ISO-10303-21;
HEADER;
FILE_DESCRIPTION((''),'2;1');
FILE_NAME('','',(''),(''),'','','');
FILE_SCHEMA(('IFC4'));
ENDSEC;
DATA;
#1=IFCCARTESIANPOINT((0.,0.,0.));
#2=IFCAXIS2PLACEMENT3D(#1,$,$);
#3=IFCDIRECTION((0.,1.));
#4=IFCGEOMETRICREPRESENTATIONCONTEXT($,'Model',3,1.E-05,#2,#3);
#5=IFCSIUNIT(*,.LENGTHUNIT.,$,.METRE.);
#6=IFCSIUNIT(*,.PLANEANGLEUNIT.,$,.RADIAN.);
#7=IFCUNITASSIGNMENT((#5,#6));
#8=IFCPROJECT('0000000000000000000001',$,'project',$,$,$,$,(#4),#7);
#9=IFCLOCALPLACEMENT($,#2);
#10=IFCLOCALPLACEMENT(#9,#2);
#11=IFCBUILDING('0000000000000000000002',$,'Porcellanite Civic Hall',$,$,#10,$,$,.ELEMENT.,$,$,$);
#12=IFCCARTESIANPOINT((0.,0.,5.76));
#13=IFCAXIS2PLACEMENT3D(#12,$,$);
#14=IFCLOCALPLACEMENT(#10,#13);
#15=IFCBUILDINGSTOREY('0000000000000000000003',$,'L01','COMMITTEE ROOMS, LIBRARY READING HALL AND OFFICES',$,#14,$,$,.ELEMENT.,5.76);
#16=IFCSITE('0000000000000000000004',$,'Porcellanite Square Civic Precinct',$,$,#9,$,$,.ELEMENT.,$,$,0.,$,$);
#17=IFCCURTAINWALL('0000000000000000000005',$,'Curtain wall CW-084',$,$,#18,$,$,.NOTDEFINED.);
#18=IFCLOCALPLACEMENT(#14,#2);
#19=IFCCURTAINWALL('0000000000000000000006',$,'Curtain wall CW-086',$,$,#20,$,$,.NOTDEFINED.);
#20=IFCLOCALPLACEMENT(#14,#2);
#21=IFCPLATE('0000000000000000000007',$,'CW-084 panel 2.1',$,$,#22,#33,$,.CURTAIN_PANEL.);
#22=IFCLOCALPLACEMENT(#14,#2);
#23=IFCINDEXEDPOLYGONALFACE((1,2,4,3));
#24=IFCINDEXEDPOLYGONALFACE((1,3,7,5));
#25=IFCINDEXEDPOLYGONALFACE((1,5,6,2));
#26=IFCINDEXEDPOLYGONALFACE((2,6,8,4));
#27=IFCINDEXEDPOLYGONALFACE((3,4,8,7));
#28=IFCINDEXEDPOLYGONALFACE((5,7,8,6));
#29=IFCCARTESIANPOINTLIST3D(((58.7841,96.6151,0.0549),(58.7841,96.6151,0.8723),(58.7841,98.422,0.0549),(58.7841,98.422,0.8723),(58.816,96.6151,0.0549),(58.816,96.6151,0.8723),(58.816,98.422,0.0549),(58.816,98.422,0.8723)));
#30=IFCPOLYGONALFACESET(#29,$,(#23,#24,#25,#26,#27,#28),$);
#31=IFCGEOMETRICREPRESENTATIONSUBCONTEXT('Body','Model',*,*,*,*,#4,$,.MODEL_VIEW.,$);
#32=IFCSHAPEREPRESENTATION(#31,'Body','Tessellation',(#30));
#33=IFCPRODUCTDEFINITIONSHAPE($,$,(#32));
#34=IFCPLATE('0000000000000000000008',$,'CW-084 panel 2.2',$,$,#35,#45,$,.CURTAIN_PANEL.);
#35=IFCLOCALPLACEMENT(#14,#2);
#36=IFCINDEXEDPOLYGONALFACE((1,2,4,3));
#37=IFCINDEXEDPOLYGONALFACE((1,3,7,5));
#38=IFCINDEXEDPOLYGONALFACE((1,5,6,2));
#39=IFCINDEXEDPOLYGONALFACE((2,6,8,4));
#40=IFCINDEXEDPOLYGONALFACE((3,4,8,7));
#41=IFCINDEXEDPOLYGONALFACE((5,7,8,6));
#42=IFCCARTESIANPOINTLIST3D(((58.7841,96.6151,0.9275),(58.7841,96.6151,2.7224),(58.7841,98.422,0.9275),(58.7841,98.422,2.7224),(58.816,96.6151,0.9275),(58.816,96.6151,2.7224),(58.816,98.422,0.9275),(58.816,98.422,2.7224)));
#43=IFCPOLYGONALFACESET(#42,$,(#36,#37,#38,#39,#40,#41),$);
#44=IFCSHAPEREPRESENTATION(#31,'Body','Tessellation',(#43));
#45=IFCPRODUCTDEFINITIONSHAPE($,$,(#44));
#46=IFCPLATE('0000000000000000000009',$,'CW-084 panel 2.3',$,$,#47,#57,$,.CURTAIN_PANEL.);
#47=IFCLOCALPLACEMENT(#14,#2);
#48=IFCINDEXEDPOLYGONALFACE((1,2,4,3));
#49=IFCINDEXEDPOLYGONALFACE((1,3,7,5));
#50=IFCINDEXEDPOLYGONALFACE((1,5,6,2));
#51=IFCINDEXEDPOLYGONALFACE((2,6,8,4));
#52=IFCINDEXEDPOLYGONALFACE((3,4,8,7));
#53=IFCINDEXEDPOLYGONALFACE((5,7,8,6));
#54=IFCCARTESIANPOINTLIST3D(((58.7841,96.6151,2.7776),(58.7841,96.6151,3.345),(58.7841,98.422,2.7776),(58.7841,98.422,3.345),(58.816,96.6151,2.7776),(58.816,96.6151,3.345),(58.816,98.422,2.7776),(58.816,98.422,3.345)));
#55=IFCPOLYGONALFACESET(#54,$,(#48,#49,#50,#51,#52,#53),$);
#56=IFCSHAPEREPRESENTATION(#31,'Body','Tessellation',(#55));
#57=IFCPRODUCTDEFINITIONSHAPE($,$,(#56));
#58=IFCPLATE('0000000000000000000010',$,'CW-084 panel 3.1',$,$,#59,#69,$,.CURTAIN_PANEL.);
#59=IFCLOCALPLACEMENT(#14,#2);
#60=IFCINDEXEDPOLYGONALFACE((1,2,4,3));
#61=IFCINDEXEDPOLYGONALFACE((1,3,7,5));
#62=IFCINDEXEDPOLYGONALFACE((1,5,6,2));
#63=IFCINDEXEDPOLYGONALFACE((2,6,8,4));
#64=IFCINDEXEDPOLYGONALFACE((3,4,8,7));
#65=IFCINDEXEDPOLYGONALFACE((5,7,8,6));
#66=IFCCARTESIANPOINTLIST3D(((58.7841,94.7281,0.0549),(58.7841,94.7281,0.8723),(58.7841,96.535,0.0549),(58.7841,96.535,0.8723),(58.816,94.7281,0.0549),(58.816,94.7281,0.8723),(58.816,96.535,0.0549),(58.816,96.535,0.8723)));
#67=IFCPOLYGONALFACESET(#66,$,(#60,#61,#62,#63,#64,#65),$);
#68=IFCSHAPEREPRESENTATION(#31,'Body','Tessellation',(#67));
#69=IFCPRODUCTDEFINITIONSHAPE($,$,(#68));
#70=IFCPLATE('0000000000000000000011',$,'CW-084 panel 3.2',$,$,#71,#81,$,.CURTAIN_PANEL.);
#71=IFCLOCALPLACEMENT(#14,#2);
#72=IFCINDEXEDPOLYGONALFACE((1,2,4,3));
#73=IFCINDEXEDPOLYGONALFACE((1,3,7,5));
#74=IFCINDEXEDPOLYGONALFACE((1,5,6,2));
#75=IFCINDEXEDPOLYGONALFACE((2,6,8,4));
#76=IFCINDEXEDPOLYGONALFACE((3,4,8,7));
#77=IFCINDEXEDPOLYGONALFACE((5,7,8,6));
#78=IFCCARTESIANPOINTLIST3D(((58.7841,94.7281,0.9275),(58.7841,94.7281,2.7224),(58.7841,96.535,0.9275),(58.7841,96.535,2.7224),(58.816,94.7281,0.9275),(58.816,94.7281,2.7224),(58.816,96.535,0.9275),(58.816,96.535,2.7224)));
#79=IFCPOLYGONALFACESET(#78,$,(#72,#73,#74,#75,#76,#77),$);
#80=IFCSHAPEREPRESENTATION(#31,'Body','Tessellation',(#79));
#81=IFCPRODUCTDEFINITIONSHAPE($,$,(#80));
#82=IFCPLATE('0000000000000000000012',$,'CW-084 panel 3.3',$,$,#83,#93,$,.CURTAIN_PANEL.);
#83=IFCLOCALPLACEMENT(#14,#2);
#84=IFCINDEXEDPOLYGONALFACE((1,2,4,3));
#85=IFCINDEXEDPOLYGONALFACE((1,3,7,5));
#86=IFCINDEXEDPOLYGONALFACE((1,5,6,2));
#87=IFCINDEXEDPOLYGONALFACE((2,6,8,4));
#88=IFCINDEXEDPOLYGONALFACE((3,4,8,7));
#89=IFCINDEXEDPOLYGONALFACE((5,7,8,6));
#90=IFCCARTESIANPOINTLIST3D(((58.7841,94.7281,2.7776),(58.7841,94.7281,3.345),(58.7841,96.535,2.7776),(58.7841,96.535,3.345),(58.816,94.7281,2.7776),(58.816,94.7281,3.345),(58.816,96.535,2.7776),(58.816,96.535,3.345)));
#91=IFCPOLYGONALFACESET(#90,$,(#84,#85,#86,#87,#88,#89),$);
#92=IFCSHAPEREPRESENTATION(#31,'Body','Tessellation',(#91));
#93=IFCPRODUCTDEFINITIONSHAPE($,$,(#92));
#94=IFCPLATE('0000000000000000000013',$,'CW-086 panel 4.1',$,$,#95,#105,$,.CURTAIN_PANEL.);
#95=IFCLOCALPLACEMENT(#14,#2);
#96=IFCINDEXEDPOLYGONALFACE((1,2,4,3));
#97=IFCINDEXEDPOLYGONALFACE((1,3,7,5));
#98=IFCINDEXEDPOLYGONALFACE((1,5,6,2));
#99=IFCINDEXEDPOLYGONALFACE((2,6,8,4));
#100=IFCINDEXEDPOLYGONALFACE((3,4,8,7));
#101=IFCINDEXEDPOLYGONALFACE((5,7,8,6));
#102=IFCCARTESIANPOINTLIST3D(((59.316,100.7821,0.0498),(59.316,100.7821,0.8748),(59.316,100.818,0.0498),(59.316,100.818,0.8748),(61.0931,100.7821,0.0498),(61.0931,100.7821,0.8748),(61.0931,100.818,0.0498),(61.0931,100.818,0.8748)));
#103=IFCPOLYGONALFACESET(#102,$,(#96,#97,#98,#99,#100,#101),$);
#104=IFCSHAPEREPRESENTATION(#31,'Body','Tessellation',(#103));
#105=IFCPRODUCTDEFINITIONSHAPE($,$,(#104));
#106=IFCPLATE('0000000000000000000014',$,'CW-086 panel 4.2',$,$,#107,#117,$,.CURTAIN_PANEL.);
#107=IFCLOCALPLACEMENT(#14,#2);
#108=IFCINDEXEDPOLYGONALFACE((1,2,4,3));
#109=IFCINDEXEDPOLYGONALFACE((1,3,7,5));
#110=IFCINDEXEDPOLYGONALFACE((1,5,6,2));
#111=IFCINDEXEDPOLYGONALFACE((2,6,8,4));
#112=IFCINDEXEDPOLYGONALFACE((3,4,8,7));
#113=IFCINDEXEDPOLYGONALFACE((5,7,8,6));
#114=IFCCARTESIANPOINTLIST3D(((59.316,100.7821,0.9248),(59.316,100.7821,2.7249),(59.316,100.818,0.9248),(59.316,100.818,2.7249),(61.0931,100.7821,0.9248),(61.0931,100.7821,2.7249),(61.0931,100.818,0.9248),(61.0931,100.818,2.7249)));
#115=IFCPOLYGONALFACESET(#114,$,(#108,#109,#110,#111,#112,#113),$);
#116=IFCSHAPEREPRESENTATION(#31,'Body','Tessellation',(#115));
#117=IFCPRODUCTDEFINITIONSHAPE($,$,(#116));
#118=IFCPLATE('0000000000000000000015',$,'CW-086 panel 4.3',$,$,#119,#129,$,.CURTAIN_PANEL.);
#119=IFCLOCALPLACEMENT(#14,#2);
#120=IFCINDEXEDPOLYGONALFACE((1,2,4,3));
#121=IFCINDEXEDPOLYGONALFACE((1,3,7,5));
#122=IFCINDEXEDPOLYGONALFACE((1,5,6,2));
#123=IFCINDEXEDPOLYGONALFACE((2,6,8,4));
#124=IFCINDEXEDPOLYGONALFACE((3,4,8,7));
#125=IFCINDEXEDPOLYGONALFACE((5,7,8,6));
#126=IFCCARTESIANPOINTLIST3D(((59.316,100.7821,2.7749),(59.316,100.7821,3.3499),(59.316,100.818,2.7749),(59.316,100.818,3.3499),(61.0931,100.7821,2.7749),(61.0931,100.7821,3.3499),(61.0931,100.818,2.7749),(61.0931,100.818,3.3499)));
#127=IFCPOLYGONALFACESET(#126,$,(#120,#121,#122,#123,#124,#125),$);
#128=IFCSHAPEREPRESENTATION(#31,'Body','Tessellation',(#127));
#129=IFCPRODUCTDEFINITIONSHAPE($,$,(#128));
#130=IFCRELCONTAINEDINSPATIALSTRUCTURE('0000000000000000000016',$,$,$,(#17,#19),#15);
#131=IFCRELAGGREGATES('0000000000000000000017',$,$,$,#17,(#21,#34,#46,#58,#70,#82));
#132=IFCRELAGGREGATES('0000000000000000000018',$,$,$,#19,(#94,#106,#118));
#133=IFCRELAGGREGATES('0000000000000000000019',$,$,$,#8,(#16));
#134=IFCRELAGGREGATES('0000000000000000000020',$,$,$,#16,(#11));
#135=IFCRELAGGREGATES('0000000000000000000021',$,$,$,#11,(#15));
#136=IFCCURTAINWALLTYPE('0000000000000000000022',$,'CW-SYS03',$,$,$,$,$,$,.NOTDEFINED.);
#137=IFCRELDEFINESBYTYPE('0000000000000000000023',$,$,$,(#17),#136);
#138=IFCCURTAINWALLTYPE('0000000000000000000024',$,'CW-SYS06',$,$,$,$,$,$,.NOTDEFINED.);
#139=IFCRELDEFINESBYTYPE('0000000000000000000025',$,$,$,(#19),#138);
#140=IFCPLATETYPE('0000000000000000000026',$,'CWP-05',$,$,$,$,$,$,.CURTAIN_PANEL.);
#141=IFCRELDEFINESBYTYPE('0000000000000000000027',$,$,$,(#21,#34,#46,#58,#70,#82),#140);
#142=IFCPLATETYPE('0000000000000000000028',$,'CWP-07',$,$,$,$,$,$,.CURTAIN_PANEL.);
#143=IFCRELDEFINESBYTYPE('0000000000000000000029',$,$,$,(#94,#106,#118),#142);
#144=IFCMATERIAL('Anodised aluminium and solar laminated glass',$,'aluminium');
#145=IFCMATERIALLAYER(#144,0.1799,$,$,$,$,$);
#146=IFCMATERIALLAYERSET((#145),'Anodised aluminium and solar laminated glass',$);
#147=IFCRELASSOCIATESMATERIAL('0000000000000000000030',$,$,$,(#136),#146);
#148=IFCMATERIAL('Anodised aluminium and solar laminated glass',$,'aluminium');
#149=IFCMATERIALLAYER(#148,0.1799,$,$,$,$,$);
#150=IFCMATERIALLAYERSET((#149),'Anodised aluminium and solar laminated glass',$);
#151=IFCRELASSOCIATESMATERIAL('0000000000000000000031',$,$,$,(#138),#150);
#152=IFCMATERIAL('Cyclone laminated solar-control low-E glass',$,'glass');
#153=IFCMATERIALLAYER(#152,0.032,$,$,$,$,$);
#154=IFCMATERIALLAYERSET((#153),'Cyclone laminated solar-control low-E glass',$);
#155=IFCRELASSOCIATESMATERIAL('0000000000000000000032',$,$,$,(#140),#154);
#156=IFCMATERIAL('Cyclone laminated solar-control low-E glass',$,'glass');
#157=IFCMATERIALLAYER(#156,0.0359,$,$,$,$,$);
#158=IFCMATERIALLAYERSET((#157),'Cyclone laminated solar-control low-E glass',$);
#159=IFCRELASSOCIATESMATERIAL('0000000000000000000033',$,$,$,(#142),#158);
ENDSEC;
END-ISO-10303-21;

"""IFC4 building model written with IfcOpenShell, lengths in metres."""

from ifc_helpers import new_model, si_unit, direction, frame, origin, origin_2d, place, context, subcontext, project, spatial, rectangle, extrude, material, layer, layer_set, type_object, element, aggregate, save


model = new_model("IFC4")

# Units and contexts
model_context = context("Model", 3, precision=1e-05, world=origin(), true_north=direction((0.0, 1.0)))
body_context = subcontext(model_context, "Body", "Model", "MODEL_VIEW")
ifc_project = project(units=[si_unit("LENGTHUNIT", "METRE"), si_unit("PLANEANGLEUNIT", "RADIAN")], contexts=[model_context])

# Site, building, storey
site_placement = place(None, origin())
site = spatial("IfcSite", under=ifc_project, at=site_placement, Name="Porcellanite Square Civic Precinct", CompositionType="ELEMENT", RefElevation=0.0)
building_placement = place(site_placement, origin())
building = spatial("IfcBuilding", under=site, at=building_placement, Name="Porcellanite Civic Hall", CompositionType="ELEMENT")
storey_placement = place(building_placement, frame((0.0, 0.0, 5.76)))
storey = spatial("IfcBuildingStorey", under=building, at=storey_placement, Name="L01", Description="COMMITTEE ROOMS, LIBRARY READING HALL AND OFFICES", CompositionType="ELEMENT", Elevation=5.76)

# Curtain wall
ifc_material_1 = material(Name="Anodised aluminium and solar laminated glass", Category="aluminium")
ifc_layer_1 = layer(ifc_material_1, 0.1799)
ifc_layer_set_1 = layer_set([ifc_layer_1], Name="Anodised aluminium and solar laminated glass")
curtain_wall_type_1 = type_object("IfcCurtainWallType", Name="CW-SYS03", PredefinedType="NOTDEFINED", material=ifc_layer_set_1)
curtain_wall_1_placement = place(storey_placement, origin())
curtain_wall_1 = element("IfcCurtainWall", 1, at=curtain_wall_1_placement, inside=storey, type_object=curtain_wall_type_1, Name="Curtain wall CW-084", PredefinedType="NOTDEFINED")

# Curtain wall
ifc_material_2 = material(Name="Anodised aluminium and solar laminated glass", Category="aluminium")
ifc_layer_2 = layer(ifc_material_2, 0.1799)
ifc_layer_set_2 = layer_set([ifc_layer_2], Name="Anodised aluminium and solar laminated glass")
curtain_wall_type_2 = type_object("IfcCurtainWallType", Name="CW-SYS06", PredefinedType="NOTDEFINED", material=ifc_layer_set_2)
curtain_wall_2_placement = place(storey_placement, origin())
curtain_wall_2 = element("IfcCurtainWall", 2, at=curtain_wall_2_placement, inside=storey, type_object=curtain_wall_type_2, Name="Curtain wall CW-086", PredefinedType="NOTDEFINED")

# Plates
ifc_material_3 = material(Name="Cyclone laminated solar-control low-E glass", Category="glass")
ifc_layer_3 = layer(ifc_material_3, 0.032)
ifc_layer_set_3 = layer_set([ifc_layer_3], Name="Cyclone laminated solar-control low-E glass")
plate_type_1 = type_object("IfcPlateType", Name="CWP-05", PredefinedType="CURTAIN_PANEL", material=ifc_layer_set_3)
plate_1_placement = place(storey_placement, frame((58.8, 97.5186, 0.0549), z_axis=(0.0, 0.0, 1.0), x_axis=(0.0, -1.0, 0.0)))
plate_1 = element("IfcPlate", 3, at=plate_1_placement, type_object=plate_type_1, Name="CW-084 panel 2.1", PredefinedType="CURTAIN_PANEL", context=body_context, shape_type="SweptSolid", body=[
    extrude(rectangle(XDim=1.8069, YDim=0.032, at=origin_2d()), origin(), (0.0, 0.0, 1.0), 0.8174),
])
plate_2_placement = place(storey_placement, frame((58.8, 97.5186, 0.9275), z_axis=(0.0, 0.0, 1.0), x_axis=(0.0, -1.0, 0.0)))
plate_2 = element("IfcPlate", 4, at=plate_2_placement, type_object=plate_type_1, Name="CW-084 panel 2.2", PredefinedType="CURTAIN_PANEL", context=body_context, shape_type="SweptSolid", body=[
    extrude(rectangle(XDim=1.8069, YDim=0.032, at=origin_2d()), origin(), (0.0, 0.0, 1.0), 1.7949),
])
plate_3_placement = place(storey_placement, frame((58.8, 97.5186, 2.7776), z_axis=(0.0, 0.0, 1.0), x_axis=(0.0, -1.0, 0.0)))
plate_3 = element("IfcPlate", 5, at=plate_3_placement, type_object=plate_type_1, Name="CW-084 panel 2.3", PredefinedType="CURTAIN_PANEL", context=body_context, shape_type="SweptSolid", body=[
    extrude(rectangle(XDim=1.8069, YDim=0.032, at=origin_2d()), origin(), (0.0, 0.0, 1.0), 0.5674),
])
plate_4_placement = place(storey_placement, frame((58.8, 95.6316, 0.0549), z_axis=(0.0, 0.0, 1.0), x_axis=(0.0, -1.0, 0.0)))
plate_4 = element("IfcPlate", 6, at=plate_4_placement, type_object=plate_type_1, Name="CW-084 panel 3.1", PredefinedType="CURTAIN_PANEL", context=body_context, shape_type="SweptSolid", body=[
    extrude(rectangle(XDim=1.8069, YDim=0.032, at=origin_2d()), origin(), (0.0, 0.0, 1.0), 0.8174),
])
plate_5_placement = place(storey_placement, frame((58.8, 95.6316, 0.9275), z_axis=(0.0, 0.0, 1.0), x_axis=(0.0, -1.0, 0.0)))
plate_5 = element("IfcPlate", 7, at=plate_5_placement, type_object=plate_type_1, Name="CW-084 panel 3.2", PredefinedType="CURTAIN_PANEL", context=body_context, shape_type="SweptSolid", body=[
    extrude(rectangle(XDim=1.8069, YDim=0.032, at=origin_2d()), origin(), (0.0, 0.0, 1.0), 1.7949),
])
plate_6_placement = place(storey_placement, frame((58.8, 95.6316, 2.7776), z_axis=(0.0, 0.0, 1.0), x_axis=(0.0, -1.0, 0.0)))
plate_6 = element("IfcPlate", 8, at=plate_6_placement, type_object=plate_type_1, Name="CW-084 panel 3.3", PredefinedType="CURTAIN_PANEL", context=body_context, shape_type="SweptSolid", body=[
    extrude(rectangle(XDim=1.8069, YDim=0.032, at=origin_2d()), origin(), (0.0, 0.0, 1.0), 0.5674),
])
aggregate(curtain_wall_1, [plate_1, plate_2, plate_3, plate_4, plate_5, plate_6])
ifc_material_4 = material(Name="Cyclone laminated solar-control low-E glass", Category="glass")
ifc_layer_4 = layer(ifc_material_4, 0.0359)
ifc_layer_set_4 = layer_set([ifc_layer_4], Name="Cyclone laminated solar-control low-E glass")
plate_type_2 = type_object("IfcPlateType", Name="CWP-07", PredefinedType="CURTAIN_PANEL", material=ifc_layer_set_4)
plate_7_placement = place(storey_placement, frame((60.2046, 100.8, 0.0498), z_axis=(0.0, 0.0, 1.0), x_axis=(-1.0, 0.0, 0.0)))
plate_7 = element("IfcPlate", 9, at=plate_7_placement, type_object=plate_type_2, Name="CW-086 panel 4.1", PredefinedType="CURTAIN_PANEL", context=body_context, shape_type="SweptSolid", body=[
    extrude(rectangle(XDim=1.7771, YDim=0.0359, at=origin_2d()), origin(), (0.0, 0.0, 1.0), 0.825),
])
plate_8_placement = place(storey_placement, frame((60.2046, 100.8, 0.9248), z_axis=(0.0, 0.0, 1.0), x_axis=(-1.0, 0.0, 0.0)))
plate_8 = element("IfcPlate", 10, at=plate_8_placement, type_object=plate_type_2, Name="CW-086 panel 4.2", PredefinedType="CURTAIN_PANEL", context=body_context, shape_type="SweptSolid", body=[
    extrude(rectangle(XDim=1.7771, YDim=0.0359, at=origin_2d()), origin(), (0.0, 0.0, 1.0), 1.8),
])
plate_9_placement = place(storey_placement, frame((60.2046, 100.8, 2.7749), z_axis=(0.0, 0.0, 1.0), x_axis=(-1.0, 0.0, 0.0)))
plate_9 = element("IfcPlate", 11, at=plate_9_placement, type_object=plate_type_2, Name="CW-086 panel 4.3", PredefinedType="CURTAIN_PANEL", context=body_context, shape_type="SweptSolid", body=[
    extrude(rectangle(XDim=1.7771, YDim=0.0359, at=origin_2d()), origin(), (0.0, 0.0, 1.0), 0.575),
])
aggregate(curtain_wall_2, [plate_7, plate_8, plate_9])

save(model, "model.ifc")
